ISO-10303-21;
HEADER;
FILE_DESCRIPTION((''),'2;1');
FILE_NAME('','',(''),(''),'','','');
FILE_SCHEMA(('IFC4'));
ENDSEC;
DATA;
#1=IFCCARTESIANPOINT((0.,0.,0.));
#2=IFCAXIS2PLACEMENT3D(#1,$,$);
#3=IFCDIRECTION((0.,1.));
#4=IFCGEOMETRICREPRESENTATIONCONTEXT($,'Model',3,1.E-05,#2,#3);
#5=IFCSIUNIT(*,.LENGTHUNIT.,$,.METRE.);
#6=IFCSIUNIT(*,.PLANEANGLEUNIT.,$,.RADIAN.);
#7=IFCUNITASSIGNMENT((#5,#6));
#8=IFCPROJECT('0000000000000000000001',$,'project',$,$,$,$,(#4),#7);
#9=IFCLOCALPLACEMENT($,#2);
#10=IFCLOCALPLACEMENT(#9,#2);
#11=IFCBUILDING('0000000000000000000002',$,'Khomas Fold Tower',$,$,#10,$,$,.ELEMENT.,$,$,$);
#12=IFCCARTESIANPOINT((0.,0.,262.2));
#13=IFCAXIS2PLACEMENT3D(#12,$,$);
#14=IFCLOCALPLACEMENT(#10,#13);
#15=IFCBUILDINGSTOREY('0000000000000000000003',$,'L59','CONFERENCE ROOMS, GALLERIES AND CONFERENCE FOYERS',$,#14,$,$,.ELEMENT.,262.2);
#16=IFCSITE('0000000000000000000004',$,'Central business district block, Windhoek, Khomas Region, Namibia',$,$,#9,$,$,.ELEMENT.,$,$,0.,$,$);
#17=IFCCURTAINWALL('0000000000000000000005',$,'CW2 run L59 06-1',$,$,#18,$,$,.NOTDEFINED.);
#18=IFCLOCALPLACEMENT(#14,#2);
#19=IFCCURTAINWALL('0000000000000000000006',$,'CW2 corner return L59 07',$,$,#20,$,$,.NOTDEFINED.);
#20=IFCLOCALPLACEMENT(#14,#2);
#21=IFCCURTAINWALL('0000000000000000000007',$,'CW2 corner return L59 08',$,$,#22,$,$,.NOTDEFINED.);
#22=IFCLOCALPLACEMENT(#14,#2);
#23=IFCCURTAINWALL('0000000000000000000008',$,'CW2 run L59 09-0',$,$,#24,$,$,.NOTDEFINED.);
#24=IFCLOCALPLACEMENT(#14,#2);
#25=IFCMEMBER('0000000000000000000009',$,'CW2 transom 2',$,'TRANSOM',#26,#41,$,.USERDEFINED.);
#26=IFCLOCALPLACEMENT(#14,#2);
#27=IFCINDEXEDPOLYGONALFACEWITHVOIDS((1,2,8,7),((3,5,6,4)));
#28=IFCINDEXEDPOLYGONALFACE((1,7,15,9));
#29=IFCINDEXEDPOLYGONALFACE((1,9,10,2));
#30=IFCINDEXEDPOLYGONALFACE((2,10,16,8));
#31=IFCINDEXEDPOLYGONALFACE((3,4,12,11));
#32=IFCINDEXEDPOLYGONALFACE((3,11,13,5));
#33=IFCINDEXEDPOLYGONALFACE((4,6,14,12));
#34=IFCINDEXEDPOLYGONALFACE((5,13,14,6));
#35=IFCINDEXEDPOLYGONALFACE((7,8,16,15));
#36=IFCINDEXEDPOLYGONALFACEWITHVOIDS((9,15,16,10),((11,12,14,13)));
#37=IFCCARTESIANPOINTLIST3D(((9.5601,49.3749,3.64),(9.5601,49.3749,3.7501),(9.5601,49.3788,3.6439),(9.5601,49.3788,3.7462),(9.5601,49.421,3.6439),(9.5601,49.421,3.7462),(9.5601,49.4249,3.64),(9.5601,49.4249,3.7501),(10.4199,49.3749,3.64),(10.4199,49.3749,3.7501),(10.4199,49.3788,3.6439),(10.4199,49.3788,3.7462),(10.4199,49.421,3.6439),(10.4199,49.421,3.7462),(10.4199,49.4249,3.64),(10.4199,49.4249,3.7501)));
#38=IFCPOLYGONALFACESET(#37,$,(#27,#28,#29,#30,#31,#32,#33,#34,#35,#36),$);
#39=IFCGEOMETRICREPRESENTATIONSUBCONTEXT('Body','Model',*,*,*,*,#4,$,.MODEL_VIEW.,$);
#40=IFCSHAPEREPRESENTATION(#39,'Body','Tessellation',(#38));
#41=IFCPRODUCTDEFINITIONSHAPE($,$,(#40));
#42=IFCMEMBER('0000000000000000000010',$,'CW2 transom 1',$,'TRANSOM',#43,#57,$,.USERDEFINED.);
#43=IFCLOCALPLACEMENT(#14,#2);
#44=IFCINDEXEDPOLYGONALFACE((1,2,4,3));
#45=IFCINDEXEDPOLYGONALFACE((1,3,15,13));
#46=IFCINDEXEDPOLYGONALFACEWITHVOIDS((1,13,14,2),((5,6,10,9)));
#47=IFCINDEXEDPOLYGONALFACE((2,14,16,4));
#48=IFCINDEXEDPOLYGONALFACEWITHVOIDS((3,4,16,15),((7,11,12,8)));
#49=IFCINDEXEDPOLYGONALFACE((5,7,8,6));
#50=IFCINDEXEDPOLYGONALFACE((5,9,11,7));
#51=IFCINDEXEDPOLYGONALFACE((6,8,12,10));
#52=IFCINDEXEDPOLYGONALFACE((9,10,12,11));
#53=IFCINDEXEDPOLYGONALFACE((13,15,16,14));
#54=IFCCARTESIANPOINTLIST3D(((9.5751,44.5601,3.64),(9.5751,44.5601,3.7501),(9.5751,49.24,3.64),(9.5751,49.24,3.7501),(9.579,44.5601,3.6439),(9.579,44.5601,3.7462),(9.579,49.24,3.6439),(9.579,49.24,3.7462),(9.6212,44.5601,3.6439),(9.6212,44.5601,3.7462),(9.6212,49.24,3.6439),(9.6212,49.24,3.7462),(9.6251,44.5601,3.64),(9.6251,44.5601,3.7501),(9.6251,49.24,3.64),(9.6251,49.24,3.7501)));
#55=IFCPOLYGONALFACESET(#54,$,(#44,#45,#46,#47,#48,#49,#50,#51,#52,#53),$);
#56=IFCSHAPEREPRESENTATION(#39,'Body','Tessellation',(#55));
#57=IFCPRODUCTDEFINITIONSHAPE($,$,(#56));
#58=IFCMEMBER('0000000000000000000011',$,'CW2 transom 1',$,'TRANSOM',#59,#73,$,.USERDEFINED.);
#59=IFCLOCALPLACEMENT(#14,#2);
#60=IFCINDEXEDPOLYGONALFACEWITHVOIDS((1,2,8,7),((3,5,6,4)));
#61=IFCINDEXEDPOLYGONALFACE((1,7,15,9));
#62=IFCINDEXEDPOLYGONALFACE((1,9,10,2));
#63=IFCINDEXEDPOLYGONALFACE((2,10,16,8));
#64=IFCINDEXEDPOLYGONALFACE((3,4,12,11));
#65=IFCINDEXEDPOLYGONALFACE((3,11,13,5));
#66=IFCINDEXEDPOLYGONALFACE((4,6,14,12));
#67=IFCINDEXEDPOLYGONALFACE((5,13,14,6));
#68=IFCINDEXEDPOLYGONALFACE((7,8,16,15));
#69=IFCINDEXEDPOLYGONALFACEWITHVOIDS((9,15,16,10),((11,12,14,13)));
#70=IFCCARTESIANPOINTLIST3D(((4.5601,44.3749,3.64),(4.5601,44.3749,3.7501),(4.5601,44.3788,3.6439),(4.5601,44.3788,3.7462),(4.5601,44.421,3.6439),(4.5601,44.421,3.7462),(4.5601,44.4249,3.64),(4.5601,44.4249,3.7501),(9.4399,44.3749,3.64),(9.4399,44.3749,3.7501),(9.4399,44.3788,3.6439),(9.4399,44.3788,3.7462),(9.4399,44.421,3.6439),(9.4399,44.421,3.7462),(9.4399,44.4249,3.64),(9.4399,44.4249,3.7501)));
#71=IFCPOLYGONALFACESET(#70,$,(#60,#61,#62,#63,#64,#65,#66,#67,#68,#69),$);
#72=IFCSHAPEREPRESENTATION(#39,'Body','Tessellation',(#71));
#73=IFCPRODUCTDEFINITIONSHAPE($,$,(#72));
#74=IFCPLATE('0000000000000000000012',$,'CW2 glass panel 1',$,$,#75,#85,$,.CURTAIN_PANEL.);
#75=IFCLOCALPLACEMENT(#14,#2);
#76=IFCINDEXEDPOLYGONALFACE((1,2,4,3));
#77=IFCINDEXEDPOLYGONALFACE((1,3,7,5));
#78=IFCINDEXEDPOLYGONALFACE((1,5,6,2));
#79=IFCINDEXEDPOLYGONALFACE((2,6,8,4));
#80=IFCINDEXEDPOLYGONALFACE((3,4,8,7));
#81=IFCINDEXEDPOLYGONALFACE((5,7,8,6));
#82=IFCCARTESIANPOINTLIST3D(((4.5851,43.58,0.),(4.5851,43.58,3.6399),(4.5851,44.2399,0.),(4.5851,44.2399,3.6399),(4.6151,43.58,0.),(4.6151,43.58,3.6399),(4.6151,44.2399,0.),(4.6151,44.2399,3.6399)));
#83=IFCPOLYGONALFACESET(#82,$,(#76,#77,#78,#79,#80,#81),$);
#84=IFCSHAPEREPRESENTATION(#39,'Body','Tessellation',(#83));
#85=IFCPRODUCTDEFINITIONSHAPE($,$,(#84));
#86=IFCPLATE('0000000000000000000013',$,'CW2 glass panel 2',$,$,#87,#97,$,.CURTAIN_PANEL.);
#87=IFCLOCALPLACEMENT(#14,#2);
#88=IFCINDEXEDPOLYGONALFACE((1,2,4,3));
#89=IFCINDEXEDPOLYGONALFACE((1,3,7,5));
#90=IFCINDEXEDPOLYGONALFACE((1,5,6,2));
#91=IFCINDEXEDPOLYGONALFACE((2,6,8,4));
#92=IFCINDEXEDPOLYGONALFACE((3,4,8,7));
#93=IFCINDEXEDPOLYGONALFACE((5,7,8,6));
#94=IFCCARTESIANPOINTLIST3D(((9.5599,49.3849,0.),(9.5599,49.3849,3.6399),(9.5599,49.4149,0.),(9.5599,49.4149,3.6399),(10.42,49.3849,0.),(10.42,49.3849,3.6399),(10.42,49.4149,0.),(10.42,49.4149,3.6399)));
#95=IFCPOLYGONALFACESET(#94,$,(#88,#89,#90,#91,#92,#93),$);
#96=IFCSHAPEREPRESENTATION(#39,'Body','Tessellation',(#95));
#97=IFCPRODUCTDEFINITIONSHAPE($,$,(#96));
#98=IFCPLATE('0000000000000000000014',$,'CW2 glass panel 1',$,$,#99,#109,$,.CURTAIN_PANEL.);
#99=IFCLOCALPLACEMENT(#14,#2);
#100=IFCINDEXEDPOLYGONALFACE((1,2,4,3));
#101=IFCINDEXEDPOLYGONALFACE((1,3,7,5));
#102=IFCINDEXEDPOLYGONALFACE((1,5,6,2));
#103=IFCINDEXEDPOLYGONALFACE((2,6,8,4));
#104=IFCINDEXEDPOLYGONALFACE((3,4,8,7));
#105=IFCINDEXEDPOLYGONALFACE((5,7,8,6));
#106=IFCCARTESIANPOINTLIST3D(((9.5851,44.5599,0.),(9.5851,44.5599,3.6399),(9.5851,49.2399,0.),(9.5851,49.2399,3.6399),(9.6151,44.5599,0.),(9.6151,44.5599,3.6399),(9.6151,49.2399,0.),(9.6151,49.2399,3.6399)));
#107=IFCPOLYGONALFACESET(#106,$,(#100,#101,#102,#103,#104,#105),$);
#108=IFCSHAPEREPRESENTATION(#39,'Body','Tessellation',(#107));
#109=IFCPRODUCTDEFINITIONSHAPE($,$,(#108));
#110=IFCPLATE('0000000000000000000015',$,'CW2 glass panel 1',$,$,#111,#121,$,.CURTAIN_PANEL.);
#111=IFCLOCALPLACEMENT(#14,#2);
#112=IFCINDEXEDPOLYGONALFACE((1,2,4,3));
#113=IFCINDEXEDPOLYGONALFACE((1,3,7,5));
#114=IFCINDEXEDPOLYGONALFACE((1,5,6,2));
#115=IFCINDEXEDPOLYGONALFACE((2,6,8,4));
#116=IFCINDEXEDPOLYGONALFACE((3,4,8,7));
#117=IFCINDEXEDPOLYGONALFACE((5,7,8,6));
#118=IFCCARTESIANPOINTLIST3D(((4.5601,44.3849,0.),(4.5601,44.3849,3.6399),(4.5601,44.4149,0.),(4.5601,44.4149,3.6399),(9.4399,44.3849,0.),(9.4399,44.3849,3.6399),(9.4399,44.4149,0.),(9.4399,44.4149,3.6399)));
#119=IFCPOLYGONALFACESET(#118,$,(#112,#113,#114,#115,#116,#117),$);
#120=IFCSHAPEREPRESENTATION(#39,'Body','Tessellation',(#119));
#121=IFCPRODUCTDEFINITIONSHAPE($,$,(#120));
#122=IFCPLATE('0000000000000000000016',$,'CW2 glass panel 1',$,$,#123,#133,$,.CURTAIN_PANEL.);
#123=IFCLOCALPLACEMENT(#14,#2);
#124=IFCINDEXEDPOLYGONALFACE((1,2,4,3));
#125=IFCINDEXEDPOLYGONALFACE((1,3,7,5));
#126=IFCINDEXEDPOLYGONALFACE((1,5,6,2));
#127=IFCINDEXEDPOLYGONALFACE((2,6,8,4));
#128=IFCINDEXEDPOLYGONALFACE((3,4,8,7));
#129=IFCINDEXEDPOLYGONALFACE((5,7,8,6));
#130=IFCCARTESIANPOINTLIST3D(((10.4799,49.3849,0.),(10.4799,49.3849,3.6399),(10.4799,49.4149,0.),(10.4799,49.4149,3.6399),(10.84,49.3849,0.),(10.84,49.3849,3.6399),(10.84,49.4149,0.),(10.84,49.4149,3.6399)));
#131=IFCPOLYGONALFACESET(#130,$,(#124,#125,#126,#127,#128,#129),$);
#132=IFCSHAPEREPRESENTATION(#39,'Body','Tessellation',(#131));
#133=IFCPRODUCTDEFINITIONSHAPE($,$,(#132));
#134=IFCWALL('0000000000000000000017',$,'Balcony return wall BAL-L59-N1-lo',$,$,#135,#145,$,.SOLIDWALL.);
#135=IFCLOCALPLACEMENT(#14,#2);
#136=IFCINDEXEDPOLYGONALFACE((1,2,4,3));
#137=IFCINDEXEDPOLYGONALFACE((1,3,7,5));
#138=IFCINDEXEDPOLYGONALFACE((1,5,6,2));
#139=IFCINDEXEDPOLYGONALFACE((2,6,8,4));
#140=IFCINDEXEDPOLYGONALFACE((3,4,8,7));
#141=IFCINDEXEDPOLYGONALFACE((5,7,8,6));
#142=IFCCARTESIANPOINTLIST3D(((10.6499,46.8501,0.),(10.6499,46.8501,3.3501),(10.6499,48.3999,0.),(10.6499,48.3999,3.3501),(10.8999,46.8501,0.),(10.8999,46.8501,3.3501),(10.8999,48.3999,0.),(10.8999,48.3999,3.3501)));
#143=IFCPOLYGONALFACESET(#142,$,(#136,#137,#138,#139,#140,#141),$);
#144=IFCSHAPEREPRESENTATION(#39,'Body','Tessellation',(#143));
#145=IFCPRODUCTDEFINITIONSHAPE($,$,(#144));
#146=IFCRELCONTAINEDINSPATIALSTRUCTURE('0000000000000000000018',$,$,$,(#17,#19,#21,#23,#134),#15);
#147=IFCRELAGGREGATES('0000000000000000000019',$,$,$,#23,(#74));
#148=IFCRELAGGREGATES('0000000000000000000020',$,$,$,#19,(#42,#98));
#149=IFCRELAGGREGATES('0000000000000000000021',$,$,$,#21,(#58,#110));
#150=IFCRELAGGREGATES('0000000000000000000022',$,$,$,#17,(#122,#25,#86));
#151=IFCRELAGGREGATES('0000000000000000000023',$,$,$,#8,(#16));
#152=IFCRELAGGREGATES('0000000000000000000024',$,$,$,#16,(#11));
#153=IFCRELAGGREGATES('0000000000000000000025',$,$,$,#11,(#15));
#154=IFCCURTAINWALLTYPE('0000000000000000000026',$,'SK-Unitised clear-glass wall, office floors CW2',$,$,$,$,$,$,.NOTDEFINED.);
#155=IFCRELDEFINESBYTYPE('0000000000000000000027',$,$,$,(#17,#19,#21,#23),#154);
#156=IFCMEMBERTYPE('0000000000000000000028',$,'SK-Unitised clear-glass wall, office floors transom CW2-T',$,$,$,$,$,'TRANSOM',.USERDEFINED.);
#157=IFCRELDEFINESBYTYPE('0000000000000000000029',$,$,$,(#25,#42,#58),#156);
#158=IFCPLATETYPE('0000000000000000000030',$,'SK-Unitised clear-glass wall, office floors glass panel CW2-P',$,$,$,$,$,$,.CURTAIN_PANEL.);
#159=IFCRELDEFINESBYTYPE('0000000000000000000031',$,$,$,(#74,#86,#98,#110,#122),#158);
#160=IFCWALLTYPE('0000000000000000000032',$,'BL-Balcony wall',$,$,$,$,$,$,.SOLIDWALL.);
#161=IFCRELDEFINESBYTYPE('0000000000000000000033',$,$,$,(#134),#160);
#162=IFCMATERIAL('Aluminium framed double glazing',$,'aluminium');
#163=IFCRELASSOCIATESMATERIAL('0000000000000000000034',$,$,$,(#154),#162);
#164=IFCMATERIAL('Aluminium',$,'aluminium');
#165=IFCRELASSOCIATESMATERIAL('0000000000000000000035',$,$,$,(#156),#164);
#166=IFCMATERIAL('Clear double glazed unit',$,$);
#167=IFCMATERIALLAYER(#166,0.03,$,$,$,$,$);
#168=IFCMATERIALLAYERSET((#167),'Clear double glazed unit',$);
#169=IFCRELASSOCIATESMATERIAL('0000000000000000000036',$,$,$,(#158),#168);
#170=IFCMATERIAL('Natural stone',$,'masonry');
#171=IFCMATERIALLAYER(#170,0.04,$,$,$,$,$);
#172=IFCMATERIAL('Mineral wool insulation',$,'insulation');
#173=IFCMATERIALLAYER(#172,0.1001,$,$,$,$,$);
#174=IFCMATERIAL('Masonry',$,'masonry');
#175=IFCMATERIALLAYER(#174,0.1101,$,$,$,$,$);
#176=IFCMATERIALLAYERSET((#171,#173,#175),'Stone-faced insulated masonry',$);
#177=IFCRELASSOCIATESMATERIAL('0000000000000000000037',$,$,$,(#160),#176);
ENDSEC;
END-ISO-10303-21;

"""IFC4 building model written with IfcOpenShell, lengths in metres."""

from ifc_helpers import new_model, si_unit, direction, frame, frame_2d, origin, origin_2d, place, context, subcontext, project, spatial, rectangle, hollow_rectangle, extrude, source, transform, mapped, material, layer, layer_set, material_profile, profile_set, type_object, element, aggregate, save


model = new_model("IFC4")

# Units and contexts
model_context = context("Model", 3, precision=1e-05, world=origin(), true_north=direction((0.0, 1.0)))
body_context = subcontext(model_context, "Body", "Model", "MODEL_VIEW")
ifc_project = project(units=[si_unit("LENGTHUNIT", "METRE"), si_unit("PLANEANGLEUNIT", "RADIAN")], contexts=[model_context])

# Site, building, storey
site_placement = place(None, origin())
site = spatial("IfcSite", under=ifc_project, at=site_placement, Name="Central business district block, Windhoek, Khomas Region, Namibia", CompositionType="ELEMENT", RefElevation=0.0)
building_placement = place(site_placement, origin())
building = spatial("IfcBuilding", under=site, at=building_placement, Name="Khomas Fold Tower", CompositionType="ELEMENT")
storey_placement = place(building_placement, frame((0.0, 0.0, 262.2)))
storey = spatial("IfcBuildingStorey", under=building, at=storey_placement, Name="L59", Description="CONFERENCE ROOMS, GALLERIES AND CONFERENCE FOYERS", CompositionType="ELEMENT", Elevation=262.2)

# Curtain walls
ifc_material_1 = material(Name="Aluminium framed double glazing", Category="aluminium")
curtain_wall_type = type_object("IfcCurtainWallType", Name="SK-Unitised clear-glass wall, office floors CW2", PredefinedType="NOTDEFINED", material=ifc_material_1)
curtain_wall_1_placement = place(storey_placement, origin())
curtain_wall_1 = element("IfcCurtainWall", 1, at=curtain_wall_1_placement, inside=storey, type_object=curtain_wall_type, Name="CW2 run L59 06-1", PredefinedType="NOTDEFINED")
curtain_wall_2_placement = place(storey_placement, origin())
curtain_wall_2 = element("IfcCurtainWall", 2, at=curtain_wall_2_placement, inside=storey, type_object=curtain_wall_type, Name="CW2 corner return L59 07", PredefinedType="NOTDEFINED")
curtain_wall_3_placement = place(storey_placement, origin())
curtain_wall_3 = element("IfcCurtainWall", 3, at=curtain_wall_3_placement, inside=storey, type_object=curtain_wall_type, Name="CW2 corner return L59 08", PredefinedType="NOTDEFINED")

# Curtain wall
curtain_wall_4_placement = place(storey_placement, origin())
curtain_wall_4 = element("IfcCurtainWall", 4, at=curtain_wall_4_placement, inside=storey, type_object=curtain_wall_type, Name="CW2 run L59 09-0", PredefinedType="NOTDEFINED")
ifc_material_2 = material(Name="Aluminium", Category="aluminium")
ifc_material_profile_1 = material_profile(ifc_material_2, hollow_rectangle(XDim=0.05, YDim=0.1101, WallThickness=0.0039, at=origin_2d()), Name="SK-Unitised clear-glass wall, office floors transom CW2-T")
ifc_profile_set_1 = profile_set([ifc_material_profile_1], Name="Aluminium")
member_type_1 = type_object("IfcMemberType", Name="SK-Unitised clear-glass wall, office floors transom CW2-T", ElementType="TRANSOM", PredefinedType="USERDEFINED", material=ifc_profile_set_1)

# Members
shared_shape_1 = source(origin(), body_context, "Body", "SweptSolid", [
    extrude(hollow_rectangle(XDim=0.05, YDim=0.1101, WallThickness=0.0039, at=origin_2d()), origin(), (0.0, 0.0, 1.0), 0.8599),
])
member_1_placement = place(storey_placement, frame((10.4199, 49.3999, 3.6951), z_axis=(-1.0, 0.0, 0.0), x_axis=(0.0, -1.0, 0.0)))
member_1 = element("IfcMember", 5, at=member_1_placement, type_object=member_type_1, Name="CW2 transom 2", ObjectType="TRANSOM", PredefinedType="USERDEFINED", context=body_context, shape_type="MappedRepresentation", body=[
    mapped(shared_shape_1, transform((0.0, 0.0, 0.0))),
])
shared_shape_2 = source(origin(), body_context, "Body", "SweptSolid", [
    extrude(hollow_rectangle(XDim=0.05, YDim=0.1101, WallThickness=0.0039, at=origin_2d()), origin(), (0.0, 0.0, 1.0), 4.6799),
])
member_2_placement = place(storey_placement, frame((9.6001, 49.24, 3.6951), z_axis=(0.0, -1.0, 0.0), x_axis=(1.0, 0.0, 0.0)))
member_2 = element("IfcMember", 6, at=member_2_placement, type_object=member_type_1, Name="CW2 transom 1", ObjectType="TRANSOM", PredefinedType="USERDEFINED", context=body_context, shape_type="MappedRepresentation", body=[
    mapped(shared_shape_2, transform((0.0, 0.0, 0.0))),
])
shared_shape_3 = source(origin(), body_context, "Body", "SweptSolid", [
    extrude(hollow_rectangle(XDim=0.05, YDim=0.1101, WallThickness=0.0039, at=origin_2d()), origin(), (0.0, 0.0, 1.0), 4.8799),
])
member_3_placement = place(storey_placement, frame((9.4399, 44.3999, 3.6951), z_axis=(-1.0, 0.0, 0.0), x_axis=(0.0, -1.0, 0.0)))
member_3 = element("IfcMember", 7, at=member_3_placement, type_object=member_type_1, Name="CW2 transom 1", ObjectType="TRANSOM", PredefinedType="USERDEFINED", context=body_context, shape_type="MappedRepresentation", body=[
    mapped(shared_shape_3, transform((0.0, 0.0, 0.0))),
])

# Plates
ifc_material_3 = material(Name="Clear double glazed unit")
ifc_layer_1 = layer(ifc_material_3, 0.03)
ifc_layer_set_1 = layer_set([ifc_layer_1], Name="Clear double glazed unit")
plate_type = type_object("IfcPlateType", Name="SK-Unitised clear-glass wall, office floors glass panel CW2-P", PredefinedType="CURTAIN_PANEL", material=ifc_layer_set_1)
shared_shape_4 = source(origin(), body_context, "Body", "SweptSolid", [
    extrude(rectangle(XDim=0.6599, YDim=0.03, at=origin_2d()), origin(), (0.0, 0.0, 1.0), 3.6399),
])
plate_1_placement = place(storey_placement, frame((4.6001, 43.9099, 0.0), z_axis=(0.0, 0.0, 1.0), x_axis=(0.0, -1.0, 0.0)))
plate_1 = element("IfcPlate", 8, at=plate_1_placement, type_object=plate_type, Name="CW2 glass panel 1", PredefinedType="CURTAIN_PANEL", context=body_context, shape_type="MappedRepresentation", body=[
    mapped(shared_shape_4, transform((0.0, 0.0, 0.0))),
])
aggregate(curtain_wall_4, [plate_1])
shared_shape_5 = source(origin(), body_context, "Body", "SweptSolid", [
    extrude(rectangle(XDim=0.8601, YDim=0.03, at=origin_2d()), origin(), (0.0, 0.0, 1.0), 3.6399),
])
plate_2_placement = place(storey_placement, frame((9.99, 49.3999, 0.0), z_axis=(0.0, 0.0, 1.0), x_axis=(-1.0, 0.0, 0.0)))
plate_2 = element("IfcPlate", 9, at=plate_2_placement, type_object=plate_type, Name="CW2 glass panel 2", PredefinedType="CURTAIN_PANEL", context=body_context, shape_type="MappedRepresentation", body=[
    mapped(shared_shape_5, transform((0.0, 0.0, 0.0))),
])
shared_shape_6 = source(origin(), body_context, "Body", "SweptSolid", [
    extrude(rectangle(XDim=4.6799, YDim=0.03, at=origin_2d()), origin(), (0.0, 0.0, 1.0), 3.6399),
])
plate_3_placement = place(storey_placement, frame((9.6001, 46.8999, 0.0), z_axis=(0.0, 0.0, 1.0), x_axis=(0.0, -1.0, 0.0)))
plate_3 = element("IfcPlate", 10, at=plate_3_placement, type_object=plate_type, Name="CW2 glass panel 1", PredefinedType="CURTAIN_PANEL", context=body_context, shape_type="MappedRepresentation", body=[
    mapped(shared_shape_6, transform((0.0, 0.0, 0.0))),
])
aggregate(curtain_wall_2, [member_2, plate_3])
shared_shape_7 = source(origin(), body_context, "Body", "SweptSolid", [
    extrude(rectangle(XDim=4.8799, YDim=0.03, at=origin_2d()), origin(), (0.0, 0.0, 1.0), 3.6399),
])
plate_4_placement = place(storey_placement, frame((7.0, 44.3999, 0.0), z_axis=(0.0, 0.0, 1.0), x_axis=(-1.0, 0.0, 0.0)))
plate_4 = element("IfcPlate", 11, at=plate_4_placement, type_object=plate_type, Name="CW2 glass panel 1", PredefinedType="CURTAIN_PANEL", context=body_context, shape_type="MappedRepresentation", body=[
    mapped(shared_shape_7, transform((0.0, 0.0, 0.0))),
])
aggregate(curtain_wall_3, [member_3, plate_4])
shared_shape_8 = source(origin(), body_context, "Body", "SweptSolid", [
    extrude(rectangle(XDim=0.3601, YDim=0.03, at=origin_2d()), origin(), (0.0, 0.0, 1.0), 3.6399),
])
plate_5_placement = place(storey_placement, frame((10.6599, 49.3999, 0.0), z_axis=(0.0, 0.0, 1.0), x_axis=(-1.0, 0.0, 0.0)))
plate_5 = element("IfcPlate", 12, at=plate_5_placement, type_object=plate_type, Name="CW2 glass panel 1", PredefinedType="CURTAIN_PANEL", context=body_context, shape_type="MappedRepresentation", body=[
    mapped(shared_shape_8, transform((0.0, 0.0, 0.0))),
])
aggregate(curtain_wall_1, [plate_5, member_1, plate_2])

# Wall
ifc_material_4 = material(Name="Natural stone", Category="masonry")
ifc_layer_2 = layer(ifc_material_4, 0.04)
ifc_material_5 = material(Name="Mineral wool insulation", Category="insulation")
ifc_layer_3 = layer(ifc_material_5, 0.1001)
ifc_material_6 = material(Name="Masonry", Category="masonry")
ifc_layer_4 = layer(ifc_material_6, 0.1101)
ifc_layer_set_2 = layer_set([ifc_layer_2, ifc_layer_3, ifc_layer_4], Name="Stone-faced insulated masonry")
wall_type = type_object("IfcWallType", Name="BL-Balcony wall", PredefinedType="SOLIDWALL", material=ifc_layer_set_2)
shared_shape_9 = source(origin(), body_context, "Body", "SweptSolid", [
    extrude(rectangle(XDim=1.5498, YDim=0.25, at=frame_2d((0.7749, 0.0))), origin(), (0.0, 0.0, 1.0), 3.3501),
])
wall_placement = place(storey_placement, frame((10.7749, 48.3999, 0.0), z_axis=(0.0, 0.0, 1.0), x_axis=(0.0, -1.0, 0.0)))
element("IfcWall", 13, at=wall_placement, inside=storey, type_object=wall_type, Name="Balcony return wall BAL-L59-N1-lo", PredefinedType="SOLIDWALL", context=body_context, shape_type="MappedRepresentation", body=[
    mapped(shared_shape_9, transform((0.0, 0.0, 0.0))),
])

save(model, "model.ifc")
